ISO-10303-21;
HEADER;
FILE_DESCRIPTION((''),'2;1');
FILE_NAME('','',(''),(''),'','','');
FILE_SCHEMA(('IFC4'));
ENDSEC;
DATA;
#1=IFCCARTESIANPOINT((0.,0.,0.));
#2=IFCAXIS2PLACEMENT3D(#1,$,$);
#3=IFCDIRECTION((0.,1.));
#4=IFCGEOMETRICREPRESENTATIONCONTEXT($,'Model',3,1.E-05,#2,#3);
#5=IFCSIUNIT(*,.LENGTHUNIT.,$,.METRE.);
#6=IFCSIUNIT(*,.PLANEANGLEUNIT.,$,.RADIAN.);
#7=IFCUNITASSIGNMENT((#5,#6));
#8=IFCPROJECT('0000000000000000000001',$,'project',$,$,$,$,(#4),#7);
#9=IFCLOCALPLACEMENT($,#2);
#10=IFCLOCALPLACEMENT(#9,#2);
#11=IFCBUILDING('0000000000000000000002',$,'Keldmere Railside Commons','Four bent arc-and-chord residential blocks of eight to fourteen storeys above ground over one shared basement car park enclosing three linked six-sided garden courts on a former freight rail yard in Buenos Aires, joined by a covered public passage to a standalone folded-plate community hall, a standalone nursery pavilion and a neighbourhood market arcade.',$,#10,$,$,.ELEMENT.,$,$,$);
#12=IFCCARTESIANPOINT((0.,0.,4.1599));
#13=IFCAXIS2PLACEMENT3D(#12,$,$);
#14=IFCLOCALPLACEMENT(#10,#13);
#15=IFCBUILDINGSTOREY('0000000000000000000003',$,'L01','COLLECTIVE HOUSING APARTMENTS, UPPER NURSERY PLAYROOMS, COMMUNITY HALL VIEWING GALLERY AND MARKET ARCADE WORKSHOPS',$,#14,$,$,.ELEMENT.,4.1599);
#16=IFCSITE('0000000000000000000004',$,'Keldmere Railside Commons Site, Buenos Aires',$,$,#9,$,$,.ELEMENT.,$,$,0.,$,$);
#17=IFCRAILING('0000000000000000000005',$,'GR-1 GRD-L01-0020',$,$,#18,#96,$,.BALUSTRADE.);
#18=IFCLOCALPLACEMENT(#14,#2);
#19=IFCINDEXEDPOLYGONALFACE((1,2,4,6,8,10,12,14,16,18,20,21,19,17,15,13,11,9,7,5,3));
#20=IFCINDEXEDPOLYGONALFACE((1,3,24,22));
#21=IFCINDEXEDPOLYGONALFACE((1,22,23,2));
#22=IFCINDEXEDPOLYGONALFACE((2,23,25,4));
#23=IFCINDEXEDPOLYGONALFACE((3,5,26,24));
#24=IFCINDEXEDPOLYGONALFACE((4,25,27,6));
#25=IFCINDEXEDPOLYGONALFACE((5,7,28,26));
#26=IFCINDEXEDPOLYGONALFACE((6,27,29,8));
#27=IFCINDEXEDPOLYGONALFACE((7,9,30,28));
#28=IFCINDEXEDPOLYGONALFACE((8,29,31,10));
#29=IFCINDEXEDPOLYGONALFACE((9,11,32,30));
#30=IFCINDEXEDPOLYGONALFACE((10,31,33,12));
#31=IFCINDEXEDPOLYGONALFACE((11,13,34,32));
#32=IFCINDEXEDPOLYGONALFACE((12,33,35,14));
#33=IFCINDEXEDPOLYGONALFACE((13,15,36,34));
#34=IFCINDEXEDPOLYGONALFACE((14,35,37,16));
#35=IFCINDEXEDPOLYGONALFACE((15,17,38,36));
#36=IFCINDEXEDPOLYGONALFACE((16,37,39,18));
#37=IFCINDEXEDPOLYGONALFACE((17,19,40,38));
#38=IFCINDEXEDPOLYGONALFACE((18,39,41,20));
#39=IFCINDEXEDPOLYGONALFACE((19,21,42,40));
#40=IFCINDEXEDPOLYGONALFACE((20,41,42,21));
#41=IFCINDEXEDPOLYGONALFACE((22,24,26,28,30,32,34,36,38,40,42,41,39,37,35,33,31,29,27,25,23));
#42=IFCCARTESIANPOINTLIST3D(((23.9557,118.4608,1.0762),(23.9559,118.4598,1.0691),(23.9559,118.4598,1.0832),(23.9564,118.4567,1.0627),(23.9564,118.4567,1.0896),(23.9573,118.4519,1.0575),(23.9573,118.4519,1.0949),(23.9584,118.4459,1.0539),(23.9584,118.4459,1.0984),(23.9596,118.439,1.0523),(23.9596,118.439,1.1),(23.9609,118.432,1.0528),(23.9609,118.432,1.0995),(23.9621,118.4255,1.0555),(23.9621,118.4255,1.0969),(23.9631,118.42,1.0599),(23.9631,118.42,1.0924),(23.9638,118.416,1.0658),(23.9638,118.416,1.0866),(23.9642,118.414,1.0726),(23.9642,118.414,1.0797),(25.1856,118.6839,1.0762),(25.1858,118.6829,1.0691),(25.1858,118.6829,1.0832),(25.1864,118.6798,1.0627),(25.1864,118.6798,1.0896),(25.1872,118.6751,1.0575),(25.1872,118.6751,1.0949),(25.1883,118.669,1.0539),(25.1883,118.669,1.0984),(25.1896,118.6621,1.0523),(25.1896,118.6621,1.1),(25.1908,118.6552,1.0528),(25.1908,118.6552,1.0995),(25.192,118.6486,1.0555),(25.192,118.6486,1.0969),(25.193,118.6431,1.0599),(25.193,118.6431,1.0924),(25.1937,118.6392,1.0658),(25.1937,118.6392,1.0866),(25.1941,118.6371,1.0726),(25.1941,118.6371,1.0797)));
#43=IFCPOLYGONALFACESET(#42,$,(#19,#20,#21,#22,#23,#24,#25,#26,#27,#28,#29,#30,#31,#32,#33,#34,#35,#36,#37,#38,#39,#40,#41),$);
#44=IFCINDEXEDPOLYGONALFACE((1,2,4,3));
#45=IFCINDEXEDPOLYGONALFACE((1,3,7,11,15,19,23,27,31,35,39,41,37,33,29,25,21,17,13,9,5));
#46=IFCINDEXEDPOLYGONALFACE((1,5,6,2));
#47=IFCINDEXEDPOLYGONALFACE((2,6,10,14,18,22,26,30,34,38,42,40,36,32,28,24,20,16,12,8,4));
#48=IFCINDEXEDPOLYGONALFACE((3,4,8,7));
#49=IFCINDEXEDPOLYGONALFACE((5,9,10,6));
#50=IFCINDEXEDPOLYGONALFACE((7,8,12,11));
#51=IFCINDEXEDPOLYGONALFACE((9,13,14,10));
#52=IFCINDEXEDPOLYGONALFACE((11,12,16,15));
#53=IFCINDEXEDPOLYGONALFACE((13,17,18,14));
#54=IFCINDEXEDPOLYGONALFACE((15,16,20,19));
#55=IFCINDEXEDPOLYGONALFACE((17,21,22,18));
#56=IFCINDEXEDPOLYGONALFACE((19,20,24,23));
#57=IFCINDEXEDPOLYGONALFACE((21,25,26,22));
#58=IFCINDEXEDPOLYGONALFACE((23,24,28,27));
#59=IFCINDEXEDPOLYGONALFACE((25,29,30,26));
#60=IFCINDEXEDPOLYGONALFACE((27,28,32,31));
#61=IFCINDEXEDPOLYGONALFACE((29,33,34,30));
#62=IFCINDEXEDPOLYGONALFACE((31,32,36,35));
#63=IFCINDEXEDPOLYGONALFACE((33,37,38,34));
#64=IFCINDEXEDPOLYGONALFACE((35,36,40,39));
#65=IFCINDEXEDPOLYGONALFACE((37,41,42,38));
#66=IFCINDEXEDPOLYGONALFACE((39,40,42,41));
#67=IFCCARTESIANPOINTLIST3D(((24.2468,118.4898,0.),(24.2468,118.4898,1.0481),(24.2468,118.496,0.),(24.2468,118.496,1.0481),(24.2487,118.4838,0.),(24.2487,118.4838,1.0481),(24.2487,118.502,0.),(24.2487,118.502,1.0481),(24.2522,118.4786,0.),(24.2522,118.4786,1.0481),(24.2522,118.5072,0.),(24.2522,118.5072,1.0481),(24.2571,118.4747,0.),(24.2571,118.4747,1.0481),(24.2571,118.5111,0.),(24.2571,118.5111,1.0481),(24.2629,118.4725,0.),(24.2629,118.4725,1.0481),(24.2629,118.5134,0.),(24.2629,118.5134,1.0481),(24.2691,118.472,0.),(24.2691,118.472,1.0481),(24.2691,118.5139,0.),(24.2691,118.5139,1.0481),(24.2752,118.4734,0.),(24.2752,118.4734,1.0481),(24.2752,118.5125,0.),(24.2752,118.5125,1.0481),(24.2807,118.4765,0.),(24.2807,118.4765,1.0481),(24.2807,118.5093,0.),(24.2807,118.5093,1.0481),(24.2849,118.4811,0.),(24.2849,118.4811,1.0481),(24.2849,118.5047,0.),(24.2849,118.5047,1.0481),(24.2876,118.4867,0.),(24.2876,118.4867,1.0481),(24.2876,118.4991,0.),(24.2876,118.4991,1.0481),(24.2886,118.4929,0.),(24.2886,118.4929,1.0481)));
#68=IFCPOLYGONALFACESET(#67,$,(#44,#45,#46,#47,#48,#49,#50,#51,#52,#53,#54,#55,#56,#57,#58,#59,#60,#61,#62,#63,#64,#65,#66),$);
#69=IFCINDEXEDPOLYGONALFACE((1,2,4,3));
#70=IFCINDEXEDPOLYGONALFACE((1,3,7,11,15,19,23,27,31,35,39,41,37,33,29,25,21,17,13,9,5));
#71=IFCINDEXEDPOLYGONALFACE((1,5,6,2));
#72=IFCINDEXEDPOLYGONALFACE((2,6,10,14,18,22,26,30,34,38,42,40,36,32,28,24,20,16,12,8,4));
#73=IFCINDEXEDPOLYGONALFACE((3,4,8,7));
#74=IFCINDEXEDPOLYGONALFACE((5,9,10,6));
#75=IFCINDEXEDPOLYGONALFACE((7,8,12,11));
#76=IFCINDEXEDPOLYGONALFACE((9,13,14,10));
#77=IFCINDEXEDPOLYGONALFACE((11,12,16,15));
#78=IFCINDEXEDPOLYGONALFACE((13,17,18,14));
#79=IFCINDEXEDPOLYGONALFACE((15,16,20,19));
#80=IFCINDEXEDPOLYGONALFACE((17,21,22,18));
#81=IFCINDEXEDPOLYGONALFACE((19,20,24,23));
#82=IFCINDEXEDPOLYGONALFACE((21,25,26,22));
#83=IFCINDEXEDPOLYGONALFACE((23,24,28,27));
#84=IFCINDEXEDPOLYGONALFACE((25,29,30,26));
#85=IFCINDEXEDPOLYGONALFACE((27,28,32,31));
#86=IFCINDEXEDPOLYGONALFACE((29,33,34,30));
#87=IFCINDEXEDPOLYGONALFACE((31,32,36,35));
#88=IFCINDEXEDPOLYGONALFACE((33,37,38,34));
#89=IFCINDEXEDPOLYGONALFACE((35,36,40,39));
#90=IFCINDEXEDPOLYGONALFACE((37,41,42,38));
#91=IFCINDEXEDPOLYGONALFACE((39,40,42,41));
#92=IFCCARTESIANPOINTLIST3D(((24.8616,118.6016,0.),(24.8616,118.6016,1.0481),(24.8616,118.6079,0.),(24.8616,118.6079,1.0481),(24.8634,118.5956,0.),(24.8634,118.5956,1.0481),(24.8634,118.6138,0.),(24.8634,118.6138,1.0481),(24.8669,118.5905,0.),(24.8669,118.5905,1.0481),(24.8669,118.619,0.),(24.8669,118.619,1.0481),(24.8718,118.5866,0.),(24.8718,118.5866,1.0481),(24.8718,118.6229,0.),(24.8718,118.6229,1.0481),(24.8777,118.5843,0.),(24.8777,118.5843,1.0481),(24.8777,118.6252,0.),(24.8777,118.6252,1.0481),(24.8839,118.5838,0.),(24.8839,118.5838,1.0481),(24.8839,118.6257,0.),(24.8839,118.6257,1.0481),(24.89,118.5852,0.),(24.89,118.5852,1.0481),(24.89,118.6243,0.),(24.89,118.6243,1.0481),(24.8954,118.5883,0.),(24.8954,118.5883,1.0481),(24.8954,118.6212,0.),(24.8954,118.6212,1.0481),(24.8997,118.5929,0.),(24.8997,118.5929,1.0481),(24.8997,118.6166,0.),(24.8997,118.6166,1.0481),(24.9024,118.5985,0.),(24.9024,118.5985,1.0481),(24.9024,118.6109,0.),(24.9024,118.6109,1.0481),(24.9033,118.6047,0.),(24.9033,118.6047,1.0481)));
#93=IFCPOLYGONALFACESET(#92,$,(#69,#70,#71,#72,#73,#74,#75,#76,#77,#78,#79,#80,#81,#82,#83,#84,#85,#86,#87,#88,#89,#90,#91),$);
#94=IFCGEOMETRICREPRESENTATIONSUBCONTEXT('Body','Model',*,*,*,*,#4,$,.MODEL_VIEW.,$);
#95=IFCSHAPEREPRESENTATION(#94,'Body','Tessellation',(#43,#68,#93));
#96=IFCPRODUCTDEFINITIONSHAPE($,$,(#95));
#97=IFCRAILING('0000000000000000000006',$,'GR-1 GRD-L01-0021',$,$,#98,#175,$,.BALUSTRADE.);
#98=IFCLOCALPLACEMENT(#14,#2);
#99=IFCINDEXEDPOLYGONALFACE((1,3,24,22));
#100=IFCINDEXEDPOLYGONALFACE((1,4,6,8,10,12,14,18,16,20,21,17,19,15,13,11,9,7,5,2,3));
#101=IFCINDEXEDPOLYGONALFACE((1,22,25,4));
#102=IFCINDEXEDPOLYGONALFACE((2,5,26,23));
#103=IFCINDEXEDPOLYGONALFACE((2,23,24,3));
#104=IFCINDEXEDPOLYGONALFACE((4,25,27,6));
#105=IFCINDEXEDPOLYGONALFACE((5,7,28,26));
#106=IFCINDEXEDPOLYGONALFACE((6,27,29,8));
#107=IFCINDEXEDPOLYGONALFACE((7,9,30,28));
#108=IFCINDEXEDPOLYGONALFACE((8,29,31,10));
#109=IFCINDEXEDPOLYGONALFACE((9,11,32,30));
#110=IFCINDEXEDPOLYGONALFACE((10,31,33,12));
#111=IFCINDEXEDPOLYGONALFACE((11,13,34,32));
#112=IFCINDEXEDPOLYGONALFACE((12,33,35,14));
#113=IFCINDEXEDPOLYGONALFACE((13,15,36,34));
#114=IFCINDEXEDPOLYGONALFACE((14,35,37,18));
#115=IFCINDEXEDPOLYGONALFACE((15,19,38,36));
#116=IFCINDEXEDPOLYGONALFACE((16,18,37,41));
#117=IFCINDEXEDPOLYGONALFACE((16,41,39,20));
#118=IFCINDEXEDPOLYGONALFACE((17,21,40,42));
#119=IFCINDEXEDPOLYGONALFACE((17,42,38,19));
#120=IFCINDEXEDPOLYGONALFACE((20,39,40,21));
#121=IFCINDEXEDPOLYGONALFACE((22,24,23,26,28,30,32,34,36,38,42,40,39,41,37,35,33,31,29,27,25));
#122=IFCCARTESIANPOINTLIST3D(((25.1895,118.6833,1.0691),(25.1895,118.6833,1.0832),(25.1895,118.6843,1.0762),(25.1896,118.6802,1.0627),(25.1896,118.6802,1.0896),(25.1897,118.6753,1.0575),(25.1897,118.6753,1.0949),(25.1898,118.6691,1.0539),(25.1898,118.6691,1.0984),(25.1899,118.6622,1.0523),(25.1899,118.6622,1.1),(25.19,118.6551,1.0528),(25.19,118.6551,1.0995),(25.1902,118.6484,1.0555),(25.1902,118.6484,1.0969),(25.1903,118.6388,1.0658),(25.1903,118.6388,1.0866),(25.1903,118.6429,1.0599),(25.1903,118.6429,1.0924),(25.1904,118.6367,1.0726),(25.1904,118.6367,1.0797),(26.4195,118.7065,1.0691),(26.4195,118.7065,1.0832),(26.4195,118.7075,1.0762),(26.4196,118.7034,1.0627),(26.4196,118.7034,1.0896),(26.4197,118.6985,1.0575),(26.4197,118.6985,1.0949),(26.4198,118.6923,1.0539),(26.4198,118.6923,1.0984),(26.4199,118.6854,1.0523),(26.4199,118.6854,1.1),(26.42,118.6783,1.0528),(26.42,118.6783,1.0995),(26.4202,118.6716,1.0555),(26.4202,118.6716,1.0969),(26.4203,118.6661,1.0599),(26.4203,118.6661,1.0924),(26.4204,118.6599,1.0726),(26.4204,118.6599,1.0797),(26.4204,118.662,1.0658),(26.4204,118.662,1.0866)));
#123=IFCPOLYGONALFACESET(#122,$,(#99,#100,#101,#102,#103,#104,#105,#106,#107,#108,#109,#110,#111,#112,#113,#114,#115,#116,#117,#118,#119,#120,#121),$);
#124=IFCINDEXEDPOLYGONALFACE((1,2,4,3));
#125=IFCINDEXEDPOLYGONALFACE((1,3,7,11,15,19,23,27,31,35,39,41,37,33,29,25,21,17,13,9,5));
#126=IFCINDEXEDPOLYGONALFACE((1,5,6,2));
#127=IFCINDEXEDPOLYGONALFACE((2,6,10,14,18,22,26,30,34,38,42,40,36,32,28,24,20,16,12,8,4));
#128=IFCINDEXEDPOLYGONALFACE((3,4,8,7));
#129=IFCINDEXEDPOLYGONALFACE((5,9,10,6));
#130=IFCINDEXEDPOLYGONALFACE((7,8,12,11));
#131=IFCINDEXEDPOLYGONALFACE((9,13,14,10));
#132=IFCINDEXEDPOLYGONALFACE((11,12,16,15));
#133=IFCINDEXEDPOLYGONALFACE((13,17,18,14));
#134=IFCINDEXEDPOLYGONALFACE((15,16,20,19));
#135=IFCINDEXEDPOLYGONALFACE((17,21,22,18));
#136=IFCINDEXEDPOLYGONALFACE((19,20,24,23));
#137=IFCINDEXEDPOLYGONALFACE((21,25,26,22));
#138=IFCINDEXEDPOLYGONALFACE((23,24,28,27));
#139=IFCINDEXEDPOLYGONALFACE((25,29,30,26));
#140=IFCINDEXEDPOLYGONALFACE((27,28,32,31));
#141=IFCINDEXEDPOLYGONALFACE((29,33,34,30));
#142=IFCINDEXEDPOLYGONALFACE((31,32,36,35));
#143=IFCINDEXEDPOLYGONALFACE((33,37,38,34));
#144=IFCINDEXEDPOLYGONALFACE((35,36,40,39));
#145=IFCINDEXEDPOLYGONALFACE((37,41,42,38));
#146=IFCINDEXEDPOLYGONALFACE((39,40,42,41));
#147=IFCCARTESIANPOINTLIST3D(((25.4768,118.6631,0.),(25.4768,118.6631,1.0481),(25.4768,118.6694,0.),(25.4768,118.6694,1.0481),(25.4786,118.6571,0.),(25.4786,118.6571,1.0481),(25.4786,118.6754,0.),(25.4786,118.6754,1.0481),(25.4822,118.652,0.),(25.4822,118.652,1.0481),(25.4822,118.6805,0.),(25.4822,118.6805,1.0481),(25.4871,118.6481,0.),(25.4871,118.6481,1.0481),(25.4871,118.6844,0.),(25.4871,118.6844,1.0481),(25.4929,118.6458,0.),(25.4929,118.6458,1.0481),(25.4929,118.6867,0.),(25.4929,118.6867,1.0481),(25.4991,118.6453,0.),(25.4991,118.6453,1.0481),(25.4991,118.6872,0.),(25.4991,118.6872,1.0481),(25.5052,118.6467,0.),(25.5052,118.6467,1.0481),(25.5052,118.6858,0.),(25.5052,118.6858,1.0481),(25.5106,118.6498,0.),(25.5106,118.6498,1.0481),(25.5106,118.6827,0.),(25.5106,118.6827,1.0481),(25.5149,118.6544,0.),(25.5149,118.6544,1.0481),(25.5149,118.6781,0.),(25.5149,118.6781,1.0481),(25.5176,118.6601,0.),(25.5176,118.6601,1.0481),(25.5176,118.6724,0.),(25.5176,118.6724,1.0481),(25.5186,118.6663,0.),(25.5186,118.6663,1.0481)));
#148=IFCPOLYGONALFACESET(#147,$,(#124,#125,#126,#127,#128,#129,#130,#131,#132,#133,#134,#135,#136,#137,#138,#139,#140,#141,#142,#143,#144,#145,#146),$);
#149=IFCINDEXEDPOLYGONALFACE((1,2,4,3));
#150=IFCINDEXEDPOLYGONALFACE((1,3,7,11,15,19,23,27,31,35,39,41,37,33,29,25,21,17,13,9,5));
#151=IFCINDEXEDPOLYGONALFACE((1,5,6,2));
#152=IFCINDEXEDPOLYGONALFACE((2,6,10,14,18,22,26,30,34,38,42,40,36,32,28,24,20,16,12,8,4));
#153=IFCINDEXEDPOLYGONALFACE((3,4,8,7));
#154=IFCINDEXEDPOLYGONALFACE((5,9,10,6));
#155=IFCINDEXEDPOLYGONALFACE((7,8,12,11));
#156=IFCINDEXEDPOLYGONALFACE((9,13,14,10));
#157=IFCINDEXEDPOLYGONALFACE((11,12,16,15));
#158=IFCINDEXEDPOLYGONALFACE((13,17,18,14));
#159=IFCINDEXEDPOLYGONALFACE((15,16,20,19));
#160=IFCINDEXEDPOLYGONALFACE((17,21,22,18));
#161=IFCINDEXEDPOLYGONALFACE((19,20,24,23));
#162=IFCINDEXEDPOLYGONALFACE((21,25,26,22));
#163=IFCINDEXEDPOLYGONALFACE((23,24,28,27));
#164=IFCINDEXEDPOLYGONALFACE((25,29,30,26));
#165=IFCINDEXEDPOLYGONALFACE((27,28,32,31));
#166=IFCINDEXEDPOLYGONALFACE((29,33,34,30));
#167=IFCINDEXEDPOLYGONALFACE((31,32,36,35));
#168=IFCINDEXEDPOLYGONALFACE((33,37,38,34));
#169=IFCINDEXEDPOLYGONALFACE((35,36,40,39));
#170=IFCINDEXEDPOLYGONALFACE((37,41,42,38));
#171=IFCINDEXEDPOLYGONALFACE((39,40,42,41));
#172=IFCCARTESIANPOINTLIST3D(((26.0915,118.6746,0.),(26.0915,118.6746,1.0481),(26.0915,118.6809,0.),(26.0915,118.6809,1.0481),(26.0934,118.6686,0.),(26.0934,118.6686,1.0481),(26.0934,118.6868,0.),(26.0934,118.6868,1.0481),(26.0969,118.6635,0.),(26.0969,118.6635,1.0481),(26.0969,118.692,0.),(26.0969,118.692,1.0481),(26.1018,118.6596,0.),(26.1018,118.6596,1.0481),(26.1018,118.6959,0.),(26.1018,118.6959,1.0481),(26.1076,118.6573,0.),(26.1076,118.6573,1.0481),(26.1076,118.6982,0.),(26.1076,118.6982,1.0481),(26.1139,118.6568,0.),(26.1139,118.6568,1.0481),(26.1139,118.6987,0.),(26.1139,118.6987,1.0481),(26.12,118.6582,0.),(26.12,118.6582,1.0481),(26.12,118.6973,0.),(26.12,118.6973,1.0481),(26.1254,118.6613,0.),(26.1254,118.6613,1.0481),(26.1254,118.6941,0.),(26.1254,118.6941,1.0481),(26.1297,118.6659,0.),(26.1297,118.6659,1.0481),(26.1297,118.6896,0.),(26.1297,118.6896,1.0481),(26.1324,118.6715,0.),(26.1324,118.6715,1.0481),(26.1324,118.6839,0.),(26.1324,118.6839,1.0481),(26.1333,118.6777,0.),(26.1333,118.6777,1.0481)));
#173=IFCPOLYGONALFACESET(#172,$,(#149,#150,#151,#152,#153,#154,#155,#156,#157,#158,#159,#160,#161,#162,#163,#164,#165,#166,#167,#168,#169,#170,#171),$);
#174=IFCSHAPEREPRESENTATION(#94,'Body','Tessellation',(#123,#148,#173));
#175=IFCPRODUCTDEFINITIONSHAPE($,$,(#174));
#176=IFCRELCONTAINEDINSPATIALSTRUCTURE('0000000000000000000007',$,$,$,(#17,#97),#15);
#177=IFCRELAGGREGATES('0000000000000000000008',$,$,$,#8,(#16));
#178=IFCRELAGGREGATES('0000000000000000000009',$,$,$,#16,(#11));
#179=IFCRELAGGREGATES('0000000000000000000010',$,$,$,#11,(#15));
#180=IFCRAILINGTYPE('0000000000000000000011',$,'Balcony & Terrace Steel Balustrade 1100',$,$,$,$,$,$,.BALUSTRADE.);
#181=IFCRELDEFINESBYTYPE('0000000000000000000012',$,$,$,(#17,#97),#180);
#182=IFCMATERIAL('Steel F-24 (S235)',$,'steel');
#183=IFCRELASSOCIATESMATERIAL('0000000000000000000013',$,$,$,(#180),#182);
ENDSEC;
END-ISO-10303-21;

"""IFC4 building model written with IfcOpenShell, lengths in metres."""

from ifc_helpers import new_model, si_unit, direction, frame, origin, origin_2d, place, context, subcontext, project, spatial, circle, extrude, material, type_object, element, save


model = new_model("IFC4")

# Units and contexts
model_context = context("Model", 3, precision=1e-05, world=origin(), true_north=direction((0.0, 1.0)))
body_context = subcontext(model_context, "Body", "Model", "MODEL_VIEW")
ifc_project = project(units=[si_unit("LENGTHUNIT", "METRE"), si_unit("PLANEANGLEUNIT", "RADIAN")], contexts=[model_context])

# Site, building, storey
site_placement = place(None, origin())
site = spatial("IfcSite", under=ifc_project, at=site_placement, Name="Keldmere Railside Commons Site, Buenos Aires", CompositionType="ELEMENT", RefElevation=0.0)
building_placement = place(site_placement, origin())
building = spatial("IfcBuilding", under=site, at=building_placement, Name="Keldmere Railside Commons", Description="Four bent arc-and-chord residential blocks of eight to fourteen storeys above ground over one shared basement car park enclosing three linked six-sided garden courts on a former freight rail yard in Buenos Aires, joined by a covered public passage to a standalone folded-plate community hall, a standalone nursery pavilion and a neighbourhood market arcade.", CompositionType="ELEMENT")
storey_placement = place(building_placement, frame((0.0, 0.0, 4.1599)))
storey = spatial("IfcBuildingStorey", under=building, at=storey_placement, Name="L01", Description="COLLECTIVE HOUSING APARTMENTS, UPPER NURSERY PLAYROOMS, COMMUNITY HALL VIEWING GALLERY AND MARKET ARCADE WORKSHOPS", CompositionType="ELEMENT", Elevation=4.1599)

# Railings
ifc_material_1 = material(Name="Steel F-24 (S235)", Category="steel")
railing_type = type_object("IfcRailingType", Name="Balcony & Terrace Steel Balustrade 1100", PredefinedType="BALUSTRADE", material=ifc_material_1)
railing_1_placement = place(storey_placement, frame((23.96, 118.4373, 0.0)))
element("IfcRailing", 1, at=railing_1_placement, inside=storey, type_object=railing_type, Name="GR-1 GRD-L01-0020", PredefinedType="BALUSTRADE", context=body_context, shape_type="SweptSolid", body=[
    extrude(circle(Radius=0.0239, at=origin_2d()), frame((0.0, 0.0, 1.0762), z_axis=(0.983939, 0.178507, 0.0), x_axis=(-0.178507, 0.983939, 0.0)), (0.0, 0.0, 1.0), 1.25),
    extrude(circle(Radius=0.021, at=origin_2d()), frame((0.3076, 0.0557, 0.0)), (0.0, 0.0, 1.0), 1.0481),
    extrude(circle(Radius=0.021, at=origin_2d()), frame((0.9224, 0.1675, 0.0)), (0.0, 0.0, 1.0), 1.0481),
])
railing_2_placement = place(storey_placement, frame((25.1899, 118.6604, 0.0)))
element("IfcRailing", 2, at=railing_2_placement, inside=storey, type_object=railing_type, Name="GR-1 GRD-L01-0021", PredefinedType="BALUSTRADE", context=body_context, shape_type="SweptSolid", body=[
    extrude(circle(Radius=0.0239, at=origin_2d()), frame((0.0, 0.0, 1.0762), z_axis=(0.999822, 0.018853, 0.0), x_axis=(-0.018853, 0.999822, 0.0)), (0.0, 0.0, 1.0), 1.2302),
    extrude(circle(Radius=0.021, at=origin_2d()), frame((0.3076, 0.0059, 0.0)), (0.0, 0.0, 1.0), 1.0481),
    extrude(circle(Radius=0.021, at=origin_2d()), frame((0.9224, 0.0173, 0.0)), (0.0, 0.0, 1.0), 1.0481),
])

save(model, "model.ifc")
